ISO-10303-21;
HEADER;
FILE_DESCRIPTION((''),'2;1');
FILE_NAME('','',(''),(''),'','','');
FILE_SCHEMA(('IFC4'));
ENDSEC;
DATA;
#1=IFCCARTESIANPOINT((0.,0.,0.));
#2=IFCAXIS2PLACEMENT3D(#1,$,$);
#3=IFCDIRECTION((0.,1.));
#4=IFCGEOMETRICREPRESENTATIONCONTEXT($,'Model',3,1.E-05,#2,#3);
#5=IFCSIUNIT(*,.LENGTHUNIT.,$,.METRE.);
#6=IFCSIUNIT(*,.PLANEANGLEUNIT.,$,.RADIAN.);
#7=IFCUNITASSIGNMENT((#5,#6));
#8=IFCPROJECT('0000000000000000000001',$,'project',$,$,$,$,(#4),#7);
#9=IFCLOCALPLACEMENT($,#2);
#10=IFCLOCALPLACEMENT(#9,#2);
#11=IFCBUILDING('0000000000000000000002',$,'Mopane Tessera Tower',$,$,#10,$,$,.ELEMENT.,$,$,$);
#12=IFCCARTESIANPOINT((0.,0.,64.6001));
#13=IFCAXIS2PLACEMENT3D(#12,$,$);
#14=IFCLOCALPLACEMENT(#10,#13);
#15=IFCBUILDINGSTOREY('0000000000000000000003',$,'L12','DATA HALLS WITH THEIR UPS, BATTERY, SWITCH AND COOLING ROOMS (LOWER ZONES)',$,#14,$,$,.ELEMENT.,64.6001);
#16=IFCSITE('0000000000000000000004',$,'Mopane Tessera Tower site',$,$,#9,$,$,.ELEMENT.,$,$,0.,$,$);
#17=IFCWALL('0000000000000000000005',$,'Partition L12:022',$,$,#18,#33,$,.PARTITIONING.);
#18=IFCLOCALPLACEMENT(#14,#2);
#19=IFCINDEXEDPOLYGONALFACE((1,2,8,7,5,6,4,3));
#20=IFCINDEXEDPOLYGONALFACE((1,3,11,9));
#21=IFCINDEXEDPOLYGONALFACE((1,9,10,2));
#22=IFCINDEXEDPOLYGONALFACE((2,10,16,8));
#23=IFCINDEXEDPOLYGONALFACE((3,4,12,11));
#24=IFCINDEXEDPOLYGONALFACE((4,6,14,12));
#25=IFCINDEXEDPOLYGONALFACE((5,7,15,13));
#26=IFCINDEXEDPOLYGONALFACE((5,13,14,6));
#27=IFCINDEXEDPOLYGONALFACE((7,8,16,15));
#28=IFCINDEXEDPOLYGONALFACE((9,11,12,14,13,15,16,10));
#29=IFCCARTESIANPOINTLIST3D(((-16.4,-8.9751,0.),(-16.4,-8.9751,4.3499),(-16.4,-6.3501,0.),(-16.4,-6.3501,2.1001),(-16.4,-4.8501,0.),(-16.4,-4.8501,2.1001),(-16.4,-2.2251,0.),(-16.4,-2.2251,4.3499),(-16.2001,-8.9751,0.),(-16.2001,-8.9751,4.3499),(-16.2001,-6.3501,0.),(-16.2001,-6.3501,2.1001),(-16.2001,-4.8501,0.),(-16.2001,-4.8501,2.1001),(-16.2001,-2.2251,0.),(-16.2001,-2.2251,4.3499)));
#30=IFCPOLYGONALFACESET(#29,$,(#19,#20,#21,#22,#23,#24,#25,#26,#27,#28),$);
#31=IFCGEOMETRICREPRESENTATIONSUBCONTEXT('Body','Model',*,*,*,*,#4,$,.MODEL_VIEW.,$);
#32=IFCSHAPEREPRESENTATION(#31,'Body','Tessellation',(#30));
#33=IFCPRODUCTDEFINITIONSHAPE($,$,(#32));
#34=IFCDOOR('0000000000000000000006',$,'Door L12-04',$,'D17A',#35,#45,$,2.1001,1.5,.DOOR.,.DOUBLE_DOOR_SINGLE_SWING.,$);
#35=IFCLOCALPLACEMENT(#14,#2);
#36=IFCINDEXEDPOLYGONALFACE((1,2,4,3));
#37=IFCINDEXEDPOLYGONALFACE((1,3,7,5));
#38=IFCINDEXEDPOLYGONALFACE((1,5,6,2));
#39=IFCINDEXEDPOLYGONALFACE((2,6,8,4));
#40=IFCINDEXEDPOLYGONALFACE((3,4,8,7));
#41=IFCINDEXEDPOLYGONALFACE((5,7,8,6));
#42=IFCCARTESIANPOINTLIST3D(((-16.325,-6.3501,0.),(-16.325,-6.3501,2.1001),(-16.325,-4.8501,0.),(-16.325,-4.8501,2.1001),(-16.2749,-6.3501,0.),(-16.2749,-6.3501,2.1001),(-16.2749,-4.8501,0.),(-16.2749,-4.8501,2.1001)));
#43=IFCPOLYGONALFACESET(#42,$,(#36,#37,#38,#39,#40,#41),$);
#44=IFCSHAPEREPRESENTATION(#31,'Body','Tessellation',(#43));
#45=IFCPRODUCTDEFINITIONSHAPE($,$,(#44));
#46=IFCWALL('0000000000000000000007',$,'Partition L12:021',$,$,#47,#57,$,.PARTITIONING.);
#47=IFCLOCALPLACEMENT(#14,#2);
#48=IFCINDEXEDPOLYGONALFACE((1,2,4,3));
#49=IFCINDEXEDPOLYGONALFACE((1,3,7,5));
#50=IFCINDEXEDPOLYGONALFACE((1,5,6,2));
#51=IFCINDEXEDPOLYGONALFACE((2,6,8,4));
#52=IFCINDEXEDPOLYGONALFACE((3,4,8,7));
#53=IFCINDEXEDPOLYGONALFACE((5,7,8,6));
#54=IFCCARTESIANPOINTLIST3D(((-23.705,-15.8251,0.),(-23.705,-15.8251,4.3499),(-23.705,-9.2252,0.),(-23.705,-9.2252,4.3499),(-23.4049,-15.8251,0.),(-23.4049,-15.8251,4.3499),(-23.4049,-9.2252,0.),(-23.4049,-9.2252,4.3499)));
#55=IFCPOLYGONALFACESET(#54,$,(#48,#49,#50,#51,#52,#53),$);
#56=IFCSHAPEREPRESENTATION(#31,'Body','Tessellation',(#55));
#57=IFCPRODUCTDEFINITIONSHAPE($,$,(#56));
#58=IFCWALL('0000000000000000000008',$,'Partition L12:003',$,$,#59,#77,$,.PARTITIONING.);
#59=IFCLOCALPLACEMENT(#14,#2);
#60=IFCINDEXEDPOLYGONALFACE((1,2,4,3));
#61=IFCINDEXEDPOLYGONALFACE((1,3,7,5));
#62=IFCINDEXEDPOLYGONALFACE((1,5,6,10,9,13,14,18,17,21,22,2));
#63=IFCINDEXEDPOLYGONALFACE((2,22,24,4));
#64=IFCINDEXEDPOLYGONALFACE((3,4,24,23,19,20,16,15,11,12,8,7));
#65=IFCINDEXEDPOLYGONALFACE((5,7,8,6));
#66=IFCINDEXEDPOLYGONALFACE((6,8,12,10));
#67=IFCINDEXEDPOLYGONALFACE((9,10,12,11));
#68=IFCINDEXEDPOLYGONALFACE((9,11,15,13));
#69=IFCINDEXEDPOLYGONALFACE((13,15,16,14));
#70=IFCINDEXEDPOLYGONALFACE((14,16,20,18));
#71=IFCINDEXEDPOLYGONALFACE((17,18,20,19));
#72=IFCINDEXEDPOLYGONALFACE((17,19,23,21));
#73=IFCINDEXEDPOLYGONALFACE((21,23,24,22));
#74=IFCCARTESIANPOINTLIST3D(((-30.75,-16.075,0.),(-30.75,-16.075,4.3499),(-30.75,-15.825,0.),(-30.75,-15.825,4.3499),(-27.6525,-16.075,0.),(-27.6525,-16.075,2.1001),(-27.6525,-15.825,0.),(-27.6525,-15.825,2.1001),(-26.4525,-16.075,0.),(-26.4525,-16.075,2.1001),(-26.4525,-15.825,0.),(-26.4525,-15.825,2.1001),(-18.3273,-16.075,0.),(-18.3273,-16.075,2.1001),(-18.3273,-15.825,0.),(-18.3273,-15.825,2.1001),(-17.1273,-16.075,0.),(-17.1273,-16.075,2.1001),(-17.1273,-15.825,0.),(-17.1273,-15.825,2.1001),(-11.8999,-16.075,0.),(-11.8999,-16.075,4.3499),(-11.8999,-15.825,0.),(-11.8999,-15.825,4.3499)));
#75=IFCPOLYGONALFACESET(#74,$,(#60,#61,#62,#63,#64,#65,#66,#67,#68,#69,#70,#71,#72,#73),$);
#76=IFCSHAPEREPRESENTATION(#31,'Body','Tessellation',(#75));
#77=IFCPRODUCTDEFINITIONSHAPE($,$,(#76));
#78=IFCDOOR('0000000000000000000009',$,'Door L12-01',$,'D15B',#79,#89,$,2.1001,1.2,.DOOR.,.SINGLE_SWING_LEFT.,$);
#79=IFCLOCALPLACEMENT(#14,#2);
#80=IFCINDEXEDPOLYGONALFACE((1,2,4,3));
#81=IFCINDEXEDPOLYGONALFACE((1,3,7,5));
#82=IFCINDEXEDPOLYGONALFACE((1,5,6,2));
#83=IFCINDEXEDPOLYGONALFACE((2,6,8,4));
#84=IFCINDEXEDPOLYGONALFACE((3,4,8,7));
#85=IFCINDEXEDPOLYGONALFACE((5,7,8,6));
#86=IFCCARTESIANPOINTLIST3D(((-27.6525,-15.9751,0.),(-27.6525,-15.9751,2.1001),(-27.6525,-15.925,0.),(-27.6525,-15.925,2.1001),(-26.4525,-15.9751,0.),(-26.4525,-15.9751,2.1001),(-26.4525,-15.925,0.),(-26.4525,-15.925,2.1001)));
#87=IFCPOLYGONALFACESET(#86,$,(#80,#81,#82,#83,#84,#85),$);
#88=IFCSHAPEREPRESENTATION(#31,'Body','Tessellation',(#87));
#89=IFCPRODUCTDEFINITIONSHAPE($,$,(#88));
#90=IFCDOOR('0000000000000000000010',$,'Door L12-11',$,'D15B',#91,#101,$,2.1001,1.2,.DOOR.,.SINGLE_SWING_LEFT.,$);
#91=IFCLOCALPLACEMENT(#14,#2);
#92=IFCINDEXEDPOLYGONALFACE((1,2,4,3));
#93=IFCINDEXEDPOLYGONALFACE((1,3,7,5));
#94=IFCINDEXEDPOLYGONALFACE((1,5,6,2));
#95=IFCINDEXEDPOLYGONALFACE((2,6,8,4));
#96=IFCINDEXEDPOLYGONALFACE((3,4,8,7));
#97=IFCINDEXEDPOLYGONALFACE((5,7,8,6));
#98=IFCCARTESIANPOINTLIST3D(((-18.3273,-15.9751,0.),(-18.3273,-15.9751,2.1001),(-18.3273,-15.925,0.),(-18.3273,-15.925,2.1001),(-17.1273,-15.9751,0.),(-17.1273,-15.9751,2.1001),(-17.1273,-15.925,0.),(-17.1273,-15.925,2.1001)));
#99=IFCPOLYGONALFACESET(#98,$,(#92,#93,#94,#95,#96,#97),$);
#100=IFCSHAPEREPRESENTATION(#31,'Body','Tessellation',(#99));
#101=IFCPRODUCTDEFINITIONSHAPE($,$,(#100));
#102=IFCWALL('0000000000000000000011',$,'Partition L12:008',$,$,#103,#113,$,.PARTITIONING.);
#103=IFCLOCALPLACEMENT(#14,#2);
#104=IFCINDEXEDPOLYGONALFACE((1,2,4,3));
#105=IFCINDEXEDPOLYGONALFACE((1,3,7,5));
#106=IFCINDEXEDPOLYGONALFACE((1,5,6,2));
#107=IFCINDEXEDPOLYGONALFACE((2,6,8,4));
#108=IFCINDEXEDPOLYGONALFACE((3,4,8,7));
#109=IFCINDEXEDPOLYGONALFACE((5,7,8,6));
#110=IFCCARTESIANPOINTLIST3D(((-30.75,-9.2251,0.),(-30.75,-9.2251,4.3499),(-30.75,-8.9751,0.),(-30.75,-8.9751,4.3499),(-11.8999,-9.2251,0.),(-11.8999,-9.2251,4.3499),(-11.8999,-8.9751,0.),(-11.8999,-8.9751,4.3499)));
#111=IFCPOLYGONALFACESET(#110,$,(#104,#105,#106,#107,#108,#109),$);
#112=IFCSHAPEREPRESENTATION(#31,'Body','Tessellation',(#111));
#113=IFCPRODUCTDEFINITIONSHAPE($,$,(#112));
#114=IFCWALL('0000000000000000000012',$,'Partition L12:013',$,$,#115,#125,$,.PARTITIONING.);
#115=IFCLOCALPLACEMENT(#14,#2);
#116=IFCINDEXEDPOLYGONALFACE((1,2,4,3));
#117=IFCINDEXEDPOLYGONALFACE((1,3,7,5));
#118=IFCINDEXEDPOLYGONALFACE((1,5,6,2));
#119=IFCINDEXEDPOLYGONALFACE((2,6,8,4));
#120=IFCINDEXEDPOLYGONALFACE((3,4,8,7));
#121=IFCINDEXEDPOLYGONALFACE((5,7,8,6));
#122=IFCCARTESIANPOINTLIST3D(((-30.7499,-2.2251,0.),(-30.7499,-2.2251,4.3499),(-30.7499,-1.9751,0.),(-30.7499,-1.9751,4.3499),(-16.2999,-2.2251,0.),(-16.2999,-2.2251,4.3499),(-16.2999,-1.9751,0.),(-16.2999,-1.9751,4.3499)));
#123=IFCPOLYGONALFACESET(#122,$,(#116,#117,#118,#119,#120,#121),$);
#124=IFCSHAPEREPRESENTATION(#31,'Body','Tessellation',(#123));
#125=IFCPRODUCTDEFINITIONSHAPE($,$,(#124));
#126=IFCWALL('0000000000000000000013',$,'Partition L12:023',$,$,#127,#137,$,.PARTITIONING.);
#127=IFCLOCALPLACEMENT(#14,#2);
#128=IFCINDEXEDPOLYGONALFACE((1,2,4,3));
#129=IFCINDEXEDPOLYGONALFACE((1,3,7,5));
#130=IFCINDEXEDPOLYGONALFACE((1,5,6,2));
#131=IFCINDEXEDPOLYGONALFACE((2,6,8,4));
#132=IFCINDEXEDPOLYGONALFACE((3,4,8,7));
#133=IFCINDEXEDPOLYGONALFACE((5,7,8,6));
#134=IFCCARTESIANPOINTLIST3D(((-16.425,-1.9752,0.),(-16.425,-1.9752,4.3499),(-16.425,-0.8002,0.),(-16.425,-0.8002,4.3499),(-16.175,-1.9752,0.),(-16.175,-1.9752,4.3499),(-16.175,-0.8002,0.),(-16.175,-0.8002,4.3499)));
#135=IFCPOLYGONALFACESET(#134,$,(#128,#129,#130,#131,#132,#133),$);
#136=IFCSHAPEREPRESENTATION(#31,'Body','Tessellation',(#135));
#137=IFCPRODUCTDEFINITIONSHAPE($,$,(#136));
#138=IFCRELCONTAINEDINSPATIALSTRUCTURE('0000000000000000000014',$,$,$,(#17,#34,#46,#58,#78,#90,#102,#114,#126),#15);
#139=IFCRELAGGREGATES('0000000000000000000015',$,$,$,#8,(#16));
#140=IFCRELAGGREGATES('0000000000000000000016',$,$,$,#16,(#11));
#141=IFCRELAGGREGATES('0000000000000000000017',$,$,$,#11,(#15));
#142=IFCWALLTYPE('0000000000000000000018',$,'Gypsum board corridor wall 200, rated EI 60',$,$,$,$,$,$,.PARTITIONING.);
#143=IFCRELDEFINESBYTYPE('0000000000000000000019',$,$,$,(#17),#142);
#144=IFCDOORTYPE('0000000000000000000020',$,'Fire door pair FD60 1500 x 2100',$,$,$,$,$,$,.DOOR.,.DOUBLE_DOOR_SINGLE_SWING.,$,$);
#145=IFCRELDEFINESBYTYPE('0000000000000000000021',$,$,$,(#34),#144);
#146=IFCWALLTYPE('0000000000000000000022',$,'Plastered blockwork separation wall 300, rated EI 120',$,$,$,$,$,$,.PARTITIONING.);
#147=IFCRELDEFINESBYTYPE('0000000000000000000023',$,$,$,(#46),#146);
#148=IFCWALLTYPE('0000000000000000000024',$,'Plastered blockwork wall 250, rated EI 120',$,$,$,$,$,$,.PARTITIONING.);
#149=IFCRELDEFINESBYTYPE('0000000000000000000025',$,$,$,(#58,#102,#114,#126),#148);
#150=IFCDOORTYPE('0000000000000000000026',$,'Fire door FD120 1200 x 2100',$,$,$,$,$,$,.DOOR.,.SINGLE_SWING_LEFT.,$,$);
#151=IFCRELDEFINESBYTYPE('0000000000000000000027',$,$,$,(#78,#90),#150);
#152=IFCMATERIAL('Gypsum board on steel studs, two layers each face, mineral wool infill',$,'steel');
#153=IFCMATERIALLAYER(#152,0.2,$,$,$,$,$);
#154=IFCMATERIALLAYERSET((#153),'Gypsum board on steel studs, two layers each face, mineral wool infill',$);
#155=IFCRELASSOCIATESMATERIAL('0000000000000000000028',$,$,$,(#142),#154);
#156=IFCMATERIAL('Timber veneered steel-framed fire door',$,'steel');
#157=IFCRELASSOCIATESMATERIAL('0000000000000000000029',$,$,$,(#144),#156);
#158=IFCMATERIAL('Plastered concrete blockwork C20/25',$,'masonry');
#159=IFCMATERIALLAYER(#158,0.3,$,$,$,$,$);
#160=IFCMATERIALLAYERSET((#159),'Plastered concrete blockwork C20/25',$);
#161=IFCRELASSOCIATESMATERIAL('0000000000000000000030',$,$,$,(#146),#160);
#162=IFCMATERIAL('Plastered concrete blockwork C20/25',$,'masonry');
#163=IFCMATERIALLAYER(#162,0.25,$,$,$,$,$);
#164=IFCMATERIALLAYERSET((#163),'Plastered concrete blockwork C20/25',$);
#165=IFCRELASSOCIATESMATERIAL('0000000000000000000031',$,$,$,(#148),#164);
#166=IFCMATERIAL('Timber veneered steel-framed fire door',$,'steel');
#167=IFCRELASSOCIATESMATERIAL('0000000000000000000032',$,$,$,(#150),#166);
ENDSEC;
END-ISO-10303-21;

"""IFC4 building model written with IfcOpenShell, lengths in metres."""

from ifc_helpers import new_model, si_unit, direction, frame, frame_2d, origin, place, context, subcontext, project, spatial, rectangle, extrude, material, layer, layer_set, type_object, element, fill, save


model = new_model("IFC4")

# Units and contexts
model_context = context("Model", 3, precision=1e-05, world=origin(), true_north=direction((0.0, 1.0)))
body_context = subcontext(model_context, "Body", "Model", "MODEL_VIEW")
ifc_project = project(units=[si_unit("LENGTHUNIT", "METRE"), si_unit("PLANEANGLEUNIT", "RADIAN")], contexts=[model_context])

# Site, building, storey
site_placement = place(None, origin())
site = spatial("IfcSite", under=ifc_project, at=site_placement, Name="Mopane Tessera Tower site", CompositionType="ELEMENT", RefElevation=0.0)
building_placement = place(site_placement, origin())
building = spatial("IfcBuilding", under=site, at=building_placement, Name="Mopane Tessera Tower", CompositionType="ELEMENT")
storey_placement = place(building_placement, frame((0.0, 0.0, 64.6001)))
storey = spatial("IfcBuildingStorey", under=building, at=storey_placement, Name="L12", Description="DATA HALLS WITH THEIR UPS, BATTERY, SWITCH AND COOLING ROOMS (LOWER ZONES)", CompositionType="ELEMENT", Elevation=64.6001)

# Wall, opening, door
ifc_material_1 = material(Name="Gypsum board on steel studs, two layers each face, mineral wool infill", Category="steel")
ifc_layer_1 = layer(ifc_material_1, 0.2)
ifc_layer_set_1 = layer_set([ifc_layer_1], Name="Gypsum board on steel studs, two layers each face, mineral wool infill")
wall_type_1 = type_object("IfcWallType", Name="Gypsum board corridor wall 200, rated EI 60", PredefinedType="PARTITIONING", material=ifc_layer_set_1)
wall_1_placement = place(storey_placement, frame((-16.3, -8.9751, 0.0), z_axis=(0.0, 0.0, 1.0), x_axis=(0.0, 1.0, 0.0)))
wall_1 = element("IfcWall", 1, at=wall_1_placement, inside=storey, type_object=wall_type_1, Name="Partition L12:022", PredefinedType="PARTITIONING", context=body_context, shape_type="SweptSolid", body=[
    extrude(rectangle(XDim=6.75, YDim=0.2, at=frame_2d((3.375, 0.0))), origin(), (0.0, 0.0, 1.0), 4.3499),
])
opening_1_placement = place(wall_1_placement, frame((2.625, 0.0, 0.0)))
opening_1 = element("IfcOpeningElement", 2, at=opening_1_placement, cuts=wall_1, PredefinedType="OPENING", context=body_context, shape_type="SweptSolid", body=[
    extrude(rectangle(XDim=1.5, YDim=2.1001, at=frame_2d((0.75, 1.05))), frame((0.0, 0.1121, 0.0), z_axis=(0.0, -1.0, 0.0), x_axis=(1.0, 0.0, 0.0)), (0.0, 0.0, 1.0), 0.2239),
])
ifc_material_2 = material(Name="Timber veneered steel-framed fire door", Category="steel")
door_type_1 = type_object("IfcDoorType", Name="Fire door pair FD60 1500 x 2100", OperationType="DOUBLE_DOOR_SINGLE_SWING", PredefinedType="DOOR", material=ifc_material_2)
door_1_placement = place(opening_1_placement, origin())
door_1 = element("IfcDoor", 3, at=door_1_placement, inside=storey, type_object=door_type_1, Name="Door L12-04", ObjectType="D17A", OperationType="DOUBLE_DOOR_SINGLE_SWING", OverallHeight=2.1001, OverallWidth=1.5, PredefinedType="DOOR", context=body_context, shape_type="SweptSolid", body=[
    extrude(rectangle(XDim=1.5, YDim=2.1001, at=frame_2d((0.75, 1.05))), frame((0.0, 0.0249, 0.0), z_axis=(0.0, -1.0, 0.0), x_axis=(1.0, 0.0, 0.0)), (0.0, 0.0, 1.0), 0.05),
])
fill(opening_1, door_1)

# Wall
ifc_material_3 = material(Name="Plastered concrete blockwork C20/25", Category="masonry")
ifc_layer_2 = layer(ifc_material_3, 0.3)
ifc_layer_set_2 = layer_set([ifc_layer_2], Name="Plastered concrete blockwork C20/25")
wall_type_2 = type_object("IfcWallType", Name="Plastered blockwork separation wall 300, rated EI 120", PredefinedType="PARTITIONING", material=ifc_layer_set_2)
wall_2_placement = place(storey_placement, frame((-23.5549, -15.825, 0.0), z_axis=(0.0, 0.0, 1.0), x_axis=(0.0, 1.0, 0.0)))
element("IfcWall", 4, at=wall_2_placement, inside=storey, type_object=wall_type_2, Name="Partition L12:021", PredefinedType="PARTITIONING", context=body_context, shape_type="SweptSolid", body=[
    extrude(rectangle(XDim=6.5999, YDim=0.3, at=frame_2d((3.2998, 0.0))), origin(), (0.0, 0.0, 1.0), 4.3499),
])

# Wall, openings, doors
ifc_material_4 = material(Name="Plastered concrete blockwork C20/25", Category="masonry")
ifc_layer_3 = layer(ifc_material_4, 0.25)
ifc_layer_set_3 = layer_set([ifc_layer_3], Name="Plastered concrete blockwork C20/25")
wall_type_3 = type_object("IfcWallType", Name="Plastered blockwork wall 250, rated EI 120", PredefinedType="PARTITIONING", material=ifc_layer_set_3)
wall_3_placement = place(storey_placement, frame((-30.75, -15.95, 0.0), z_axis=(0.0, 0.0, 1.0), x_axis=(1.0, 0.0, 0.0)))
wall_3 = element("IfcWall", 5, at=wall_3_placement, inside=storey, type_object=wall_type_3, Name="Partition L12:003", PredefinedType="PARTITIONING", context=body_context, shape_type="SweptSolid", body=[
    extrude(rectangle(XDim=18.8501, YDim=0.25, at=frame_2d((9.425, 0.0))), origin(), (0.0, 0.0, 1.0), 4.3499),
])
opening_2_placement = place(wall_3_placement, frame((3.0974, 0.0, 0.0)))
opening_2 = element("IfcOpeningElement", 6, at=opening_2_placement, cuts=wall_3, PredefinedType="OPENING", context=body_context, shape_type="SweptSolid", body=[
    extrude(rectangle(XDim=1.2, YDim=2.1001, at=frame_2d((0.6001, 1.05))), frame((0.0, 0.137, 0.0), z_axis=(0.0, -1.0, 0.0), x_axis=(1.0, 0.0, 0.0)), (0.0, 0.0, 1.0), 0.2739),
])
opening_3_placement = place(wall_3_placement, frame((12.4226, 0.0, 0.0)))
opening_3 = element("IfcOpeningElement", 7, at=opening_3_placement, cuts=wall_3, PredefinedType="OPENING", context=body_context, shape_type="SweptSolid", body=[
    extrude(rectangle(XDim=1.2, YDim=2.1001, at=frame_2d((0.6001, 1.05))), frame((0.0, 0.137, 0.0), z_axis=(0.0, -1.0, 0.0), x_axis=(1.0, 0.0, 0.0)), (0.0, 0.0, 1.0), 0.2739),
])
ifc_material_5 = material(Name="Timber veneered steel-framed fire door", Category="steel")
door_type_2 = type_object("IfcDoorType", Name="Fire door FD120 1200 x 2100", OperationType="SINGLE_SWING_LEFT", PredefinedType="DOOR", material=ifc_material_5)
door_2_placement = place(opening_2_placement, origin())
door_2 = element("IfcDoor", 8, at=door_2_placement, inside=storey, type_object=door_type_2, Name="Door L12-01", ObjectType="D15B", OperationType="SINGLE_SWING_LEFT", OverallHeight=2.1001, OverallWidth=1.2, PredefinedType="DOOR", context=body_context, shape_type="SweptSolid", body=[
    extrude(rectangle(XDim=1.2, YDim=2.1001, at=frame_2d((0.6001, 1.05))), frame((0.0, 0.0249, 0.0), z_axis=(0.0, -1.0, 0.0), x_axis=(1.0, 0.0, 0.0)), (0.0, 0.0, 1.0), 0.05),
])
fill(opening_2, door_2)
door_3_placement = place(opening_3_placement, origin())
door_3 = element("IfcDoor", 9, at=door_3_placement, inside=storey, type_object=door_type_2, Name="Door L12-11", ObjectType="D15B", OperationType="SINGLE_SWING_LEFT", OverallHeight=2.1001, OverallWidth=1.2, PredefinedType="DOOR", context=body_context, shape_type="SweptSolid", body=[
    extrude(rectangle(XDim=1.2, YDim=2.1001, at=frame_2d((0.6001, 1.05))), frame((0.0, 0.0249, 0.0), z_axis=(0.0, -1.0, 0.0), x_axis=(1.0, 0.0, 0.0)), (0.0, 0.0, 1.0), 0.05),
])
fill(opening_3, door_3)

# Walls
wall_4_placement = place(storey_placement, frame((-30.75, -9.1001, 0.0), z_axis=(0.0, 0.0, 1.0), x_axis=(1.0, 0.0, 0.0)))
element("IfcWall", 10, at=wall_4_placement, inside=storey, type_object=wall_type_3, Name="Partition L12:008", PredefinedType="PARTITIONING", context=body_context, shape_type="SweptSolid", body=[
    extrude(rectangle(XDim=18.8501, YDim=0.25, at=frame_2d((9.425, 0.0))), origin(), (0.0, 0.0, 1.0), 4.3499),
])
wall_5_placement = place(storey_placement, frame((-30.75, -2.1001, 0.0), z_axis=(0.0, 0.0, 1.0), x_axis=(1.0, 0.0, 0.0)))
element("IfcWall", 11, at=wall_5_placement, inside=storey, type_object=wall_type_3, Name="Partition L12:013", PredefinedType="PARTITIONING", context=body_context, shape_type="SweptSolid", body=[
    extrude(rectangle(XDim=14.45, YDim=0.25, at=frame_2d((7.2251, 0.0))), origin(), (0.0, 0.0, 1.0), 4.3499),
])
wall_6_placement = place(storey_placement, frame((-16.3, -1.9751, 0.0), z_axis=(0.0, 0.0, 1.0), x_axis=(0.0, 1.0, 0.0)))
element("IfcWall", 12, at=wall_6_placement, inside=storey, type_object=wall_type_3, Name="Partition L12:023", PredefinedType="PARTITIONING", context=body_context, shape_type="SweptSolid", body=[
    extrude(rectangle(XDim=1.175, YDim=0.25, at=frame_2d((0.5874, 0.0))), origin(), (0.0, 0.0, 1.0), 4.3499),
])

save(model, "model.ifc")
